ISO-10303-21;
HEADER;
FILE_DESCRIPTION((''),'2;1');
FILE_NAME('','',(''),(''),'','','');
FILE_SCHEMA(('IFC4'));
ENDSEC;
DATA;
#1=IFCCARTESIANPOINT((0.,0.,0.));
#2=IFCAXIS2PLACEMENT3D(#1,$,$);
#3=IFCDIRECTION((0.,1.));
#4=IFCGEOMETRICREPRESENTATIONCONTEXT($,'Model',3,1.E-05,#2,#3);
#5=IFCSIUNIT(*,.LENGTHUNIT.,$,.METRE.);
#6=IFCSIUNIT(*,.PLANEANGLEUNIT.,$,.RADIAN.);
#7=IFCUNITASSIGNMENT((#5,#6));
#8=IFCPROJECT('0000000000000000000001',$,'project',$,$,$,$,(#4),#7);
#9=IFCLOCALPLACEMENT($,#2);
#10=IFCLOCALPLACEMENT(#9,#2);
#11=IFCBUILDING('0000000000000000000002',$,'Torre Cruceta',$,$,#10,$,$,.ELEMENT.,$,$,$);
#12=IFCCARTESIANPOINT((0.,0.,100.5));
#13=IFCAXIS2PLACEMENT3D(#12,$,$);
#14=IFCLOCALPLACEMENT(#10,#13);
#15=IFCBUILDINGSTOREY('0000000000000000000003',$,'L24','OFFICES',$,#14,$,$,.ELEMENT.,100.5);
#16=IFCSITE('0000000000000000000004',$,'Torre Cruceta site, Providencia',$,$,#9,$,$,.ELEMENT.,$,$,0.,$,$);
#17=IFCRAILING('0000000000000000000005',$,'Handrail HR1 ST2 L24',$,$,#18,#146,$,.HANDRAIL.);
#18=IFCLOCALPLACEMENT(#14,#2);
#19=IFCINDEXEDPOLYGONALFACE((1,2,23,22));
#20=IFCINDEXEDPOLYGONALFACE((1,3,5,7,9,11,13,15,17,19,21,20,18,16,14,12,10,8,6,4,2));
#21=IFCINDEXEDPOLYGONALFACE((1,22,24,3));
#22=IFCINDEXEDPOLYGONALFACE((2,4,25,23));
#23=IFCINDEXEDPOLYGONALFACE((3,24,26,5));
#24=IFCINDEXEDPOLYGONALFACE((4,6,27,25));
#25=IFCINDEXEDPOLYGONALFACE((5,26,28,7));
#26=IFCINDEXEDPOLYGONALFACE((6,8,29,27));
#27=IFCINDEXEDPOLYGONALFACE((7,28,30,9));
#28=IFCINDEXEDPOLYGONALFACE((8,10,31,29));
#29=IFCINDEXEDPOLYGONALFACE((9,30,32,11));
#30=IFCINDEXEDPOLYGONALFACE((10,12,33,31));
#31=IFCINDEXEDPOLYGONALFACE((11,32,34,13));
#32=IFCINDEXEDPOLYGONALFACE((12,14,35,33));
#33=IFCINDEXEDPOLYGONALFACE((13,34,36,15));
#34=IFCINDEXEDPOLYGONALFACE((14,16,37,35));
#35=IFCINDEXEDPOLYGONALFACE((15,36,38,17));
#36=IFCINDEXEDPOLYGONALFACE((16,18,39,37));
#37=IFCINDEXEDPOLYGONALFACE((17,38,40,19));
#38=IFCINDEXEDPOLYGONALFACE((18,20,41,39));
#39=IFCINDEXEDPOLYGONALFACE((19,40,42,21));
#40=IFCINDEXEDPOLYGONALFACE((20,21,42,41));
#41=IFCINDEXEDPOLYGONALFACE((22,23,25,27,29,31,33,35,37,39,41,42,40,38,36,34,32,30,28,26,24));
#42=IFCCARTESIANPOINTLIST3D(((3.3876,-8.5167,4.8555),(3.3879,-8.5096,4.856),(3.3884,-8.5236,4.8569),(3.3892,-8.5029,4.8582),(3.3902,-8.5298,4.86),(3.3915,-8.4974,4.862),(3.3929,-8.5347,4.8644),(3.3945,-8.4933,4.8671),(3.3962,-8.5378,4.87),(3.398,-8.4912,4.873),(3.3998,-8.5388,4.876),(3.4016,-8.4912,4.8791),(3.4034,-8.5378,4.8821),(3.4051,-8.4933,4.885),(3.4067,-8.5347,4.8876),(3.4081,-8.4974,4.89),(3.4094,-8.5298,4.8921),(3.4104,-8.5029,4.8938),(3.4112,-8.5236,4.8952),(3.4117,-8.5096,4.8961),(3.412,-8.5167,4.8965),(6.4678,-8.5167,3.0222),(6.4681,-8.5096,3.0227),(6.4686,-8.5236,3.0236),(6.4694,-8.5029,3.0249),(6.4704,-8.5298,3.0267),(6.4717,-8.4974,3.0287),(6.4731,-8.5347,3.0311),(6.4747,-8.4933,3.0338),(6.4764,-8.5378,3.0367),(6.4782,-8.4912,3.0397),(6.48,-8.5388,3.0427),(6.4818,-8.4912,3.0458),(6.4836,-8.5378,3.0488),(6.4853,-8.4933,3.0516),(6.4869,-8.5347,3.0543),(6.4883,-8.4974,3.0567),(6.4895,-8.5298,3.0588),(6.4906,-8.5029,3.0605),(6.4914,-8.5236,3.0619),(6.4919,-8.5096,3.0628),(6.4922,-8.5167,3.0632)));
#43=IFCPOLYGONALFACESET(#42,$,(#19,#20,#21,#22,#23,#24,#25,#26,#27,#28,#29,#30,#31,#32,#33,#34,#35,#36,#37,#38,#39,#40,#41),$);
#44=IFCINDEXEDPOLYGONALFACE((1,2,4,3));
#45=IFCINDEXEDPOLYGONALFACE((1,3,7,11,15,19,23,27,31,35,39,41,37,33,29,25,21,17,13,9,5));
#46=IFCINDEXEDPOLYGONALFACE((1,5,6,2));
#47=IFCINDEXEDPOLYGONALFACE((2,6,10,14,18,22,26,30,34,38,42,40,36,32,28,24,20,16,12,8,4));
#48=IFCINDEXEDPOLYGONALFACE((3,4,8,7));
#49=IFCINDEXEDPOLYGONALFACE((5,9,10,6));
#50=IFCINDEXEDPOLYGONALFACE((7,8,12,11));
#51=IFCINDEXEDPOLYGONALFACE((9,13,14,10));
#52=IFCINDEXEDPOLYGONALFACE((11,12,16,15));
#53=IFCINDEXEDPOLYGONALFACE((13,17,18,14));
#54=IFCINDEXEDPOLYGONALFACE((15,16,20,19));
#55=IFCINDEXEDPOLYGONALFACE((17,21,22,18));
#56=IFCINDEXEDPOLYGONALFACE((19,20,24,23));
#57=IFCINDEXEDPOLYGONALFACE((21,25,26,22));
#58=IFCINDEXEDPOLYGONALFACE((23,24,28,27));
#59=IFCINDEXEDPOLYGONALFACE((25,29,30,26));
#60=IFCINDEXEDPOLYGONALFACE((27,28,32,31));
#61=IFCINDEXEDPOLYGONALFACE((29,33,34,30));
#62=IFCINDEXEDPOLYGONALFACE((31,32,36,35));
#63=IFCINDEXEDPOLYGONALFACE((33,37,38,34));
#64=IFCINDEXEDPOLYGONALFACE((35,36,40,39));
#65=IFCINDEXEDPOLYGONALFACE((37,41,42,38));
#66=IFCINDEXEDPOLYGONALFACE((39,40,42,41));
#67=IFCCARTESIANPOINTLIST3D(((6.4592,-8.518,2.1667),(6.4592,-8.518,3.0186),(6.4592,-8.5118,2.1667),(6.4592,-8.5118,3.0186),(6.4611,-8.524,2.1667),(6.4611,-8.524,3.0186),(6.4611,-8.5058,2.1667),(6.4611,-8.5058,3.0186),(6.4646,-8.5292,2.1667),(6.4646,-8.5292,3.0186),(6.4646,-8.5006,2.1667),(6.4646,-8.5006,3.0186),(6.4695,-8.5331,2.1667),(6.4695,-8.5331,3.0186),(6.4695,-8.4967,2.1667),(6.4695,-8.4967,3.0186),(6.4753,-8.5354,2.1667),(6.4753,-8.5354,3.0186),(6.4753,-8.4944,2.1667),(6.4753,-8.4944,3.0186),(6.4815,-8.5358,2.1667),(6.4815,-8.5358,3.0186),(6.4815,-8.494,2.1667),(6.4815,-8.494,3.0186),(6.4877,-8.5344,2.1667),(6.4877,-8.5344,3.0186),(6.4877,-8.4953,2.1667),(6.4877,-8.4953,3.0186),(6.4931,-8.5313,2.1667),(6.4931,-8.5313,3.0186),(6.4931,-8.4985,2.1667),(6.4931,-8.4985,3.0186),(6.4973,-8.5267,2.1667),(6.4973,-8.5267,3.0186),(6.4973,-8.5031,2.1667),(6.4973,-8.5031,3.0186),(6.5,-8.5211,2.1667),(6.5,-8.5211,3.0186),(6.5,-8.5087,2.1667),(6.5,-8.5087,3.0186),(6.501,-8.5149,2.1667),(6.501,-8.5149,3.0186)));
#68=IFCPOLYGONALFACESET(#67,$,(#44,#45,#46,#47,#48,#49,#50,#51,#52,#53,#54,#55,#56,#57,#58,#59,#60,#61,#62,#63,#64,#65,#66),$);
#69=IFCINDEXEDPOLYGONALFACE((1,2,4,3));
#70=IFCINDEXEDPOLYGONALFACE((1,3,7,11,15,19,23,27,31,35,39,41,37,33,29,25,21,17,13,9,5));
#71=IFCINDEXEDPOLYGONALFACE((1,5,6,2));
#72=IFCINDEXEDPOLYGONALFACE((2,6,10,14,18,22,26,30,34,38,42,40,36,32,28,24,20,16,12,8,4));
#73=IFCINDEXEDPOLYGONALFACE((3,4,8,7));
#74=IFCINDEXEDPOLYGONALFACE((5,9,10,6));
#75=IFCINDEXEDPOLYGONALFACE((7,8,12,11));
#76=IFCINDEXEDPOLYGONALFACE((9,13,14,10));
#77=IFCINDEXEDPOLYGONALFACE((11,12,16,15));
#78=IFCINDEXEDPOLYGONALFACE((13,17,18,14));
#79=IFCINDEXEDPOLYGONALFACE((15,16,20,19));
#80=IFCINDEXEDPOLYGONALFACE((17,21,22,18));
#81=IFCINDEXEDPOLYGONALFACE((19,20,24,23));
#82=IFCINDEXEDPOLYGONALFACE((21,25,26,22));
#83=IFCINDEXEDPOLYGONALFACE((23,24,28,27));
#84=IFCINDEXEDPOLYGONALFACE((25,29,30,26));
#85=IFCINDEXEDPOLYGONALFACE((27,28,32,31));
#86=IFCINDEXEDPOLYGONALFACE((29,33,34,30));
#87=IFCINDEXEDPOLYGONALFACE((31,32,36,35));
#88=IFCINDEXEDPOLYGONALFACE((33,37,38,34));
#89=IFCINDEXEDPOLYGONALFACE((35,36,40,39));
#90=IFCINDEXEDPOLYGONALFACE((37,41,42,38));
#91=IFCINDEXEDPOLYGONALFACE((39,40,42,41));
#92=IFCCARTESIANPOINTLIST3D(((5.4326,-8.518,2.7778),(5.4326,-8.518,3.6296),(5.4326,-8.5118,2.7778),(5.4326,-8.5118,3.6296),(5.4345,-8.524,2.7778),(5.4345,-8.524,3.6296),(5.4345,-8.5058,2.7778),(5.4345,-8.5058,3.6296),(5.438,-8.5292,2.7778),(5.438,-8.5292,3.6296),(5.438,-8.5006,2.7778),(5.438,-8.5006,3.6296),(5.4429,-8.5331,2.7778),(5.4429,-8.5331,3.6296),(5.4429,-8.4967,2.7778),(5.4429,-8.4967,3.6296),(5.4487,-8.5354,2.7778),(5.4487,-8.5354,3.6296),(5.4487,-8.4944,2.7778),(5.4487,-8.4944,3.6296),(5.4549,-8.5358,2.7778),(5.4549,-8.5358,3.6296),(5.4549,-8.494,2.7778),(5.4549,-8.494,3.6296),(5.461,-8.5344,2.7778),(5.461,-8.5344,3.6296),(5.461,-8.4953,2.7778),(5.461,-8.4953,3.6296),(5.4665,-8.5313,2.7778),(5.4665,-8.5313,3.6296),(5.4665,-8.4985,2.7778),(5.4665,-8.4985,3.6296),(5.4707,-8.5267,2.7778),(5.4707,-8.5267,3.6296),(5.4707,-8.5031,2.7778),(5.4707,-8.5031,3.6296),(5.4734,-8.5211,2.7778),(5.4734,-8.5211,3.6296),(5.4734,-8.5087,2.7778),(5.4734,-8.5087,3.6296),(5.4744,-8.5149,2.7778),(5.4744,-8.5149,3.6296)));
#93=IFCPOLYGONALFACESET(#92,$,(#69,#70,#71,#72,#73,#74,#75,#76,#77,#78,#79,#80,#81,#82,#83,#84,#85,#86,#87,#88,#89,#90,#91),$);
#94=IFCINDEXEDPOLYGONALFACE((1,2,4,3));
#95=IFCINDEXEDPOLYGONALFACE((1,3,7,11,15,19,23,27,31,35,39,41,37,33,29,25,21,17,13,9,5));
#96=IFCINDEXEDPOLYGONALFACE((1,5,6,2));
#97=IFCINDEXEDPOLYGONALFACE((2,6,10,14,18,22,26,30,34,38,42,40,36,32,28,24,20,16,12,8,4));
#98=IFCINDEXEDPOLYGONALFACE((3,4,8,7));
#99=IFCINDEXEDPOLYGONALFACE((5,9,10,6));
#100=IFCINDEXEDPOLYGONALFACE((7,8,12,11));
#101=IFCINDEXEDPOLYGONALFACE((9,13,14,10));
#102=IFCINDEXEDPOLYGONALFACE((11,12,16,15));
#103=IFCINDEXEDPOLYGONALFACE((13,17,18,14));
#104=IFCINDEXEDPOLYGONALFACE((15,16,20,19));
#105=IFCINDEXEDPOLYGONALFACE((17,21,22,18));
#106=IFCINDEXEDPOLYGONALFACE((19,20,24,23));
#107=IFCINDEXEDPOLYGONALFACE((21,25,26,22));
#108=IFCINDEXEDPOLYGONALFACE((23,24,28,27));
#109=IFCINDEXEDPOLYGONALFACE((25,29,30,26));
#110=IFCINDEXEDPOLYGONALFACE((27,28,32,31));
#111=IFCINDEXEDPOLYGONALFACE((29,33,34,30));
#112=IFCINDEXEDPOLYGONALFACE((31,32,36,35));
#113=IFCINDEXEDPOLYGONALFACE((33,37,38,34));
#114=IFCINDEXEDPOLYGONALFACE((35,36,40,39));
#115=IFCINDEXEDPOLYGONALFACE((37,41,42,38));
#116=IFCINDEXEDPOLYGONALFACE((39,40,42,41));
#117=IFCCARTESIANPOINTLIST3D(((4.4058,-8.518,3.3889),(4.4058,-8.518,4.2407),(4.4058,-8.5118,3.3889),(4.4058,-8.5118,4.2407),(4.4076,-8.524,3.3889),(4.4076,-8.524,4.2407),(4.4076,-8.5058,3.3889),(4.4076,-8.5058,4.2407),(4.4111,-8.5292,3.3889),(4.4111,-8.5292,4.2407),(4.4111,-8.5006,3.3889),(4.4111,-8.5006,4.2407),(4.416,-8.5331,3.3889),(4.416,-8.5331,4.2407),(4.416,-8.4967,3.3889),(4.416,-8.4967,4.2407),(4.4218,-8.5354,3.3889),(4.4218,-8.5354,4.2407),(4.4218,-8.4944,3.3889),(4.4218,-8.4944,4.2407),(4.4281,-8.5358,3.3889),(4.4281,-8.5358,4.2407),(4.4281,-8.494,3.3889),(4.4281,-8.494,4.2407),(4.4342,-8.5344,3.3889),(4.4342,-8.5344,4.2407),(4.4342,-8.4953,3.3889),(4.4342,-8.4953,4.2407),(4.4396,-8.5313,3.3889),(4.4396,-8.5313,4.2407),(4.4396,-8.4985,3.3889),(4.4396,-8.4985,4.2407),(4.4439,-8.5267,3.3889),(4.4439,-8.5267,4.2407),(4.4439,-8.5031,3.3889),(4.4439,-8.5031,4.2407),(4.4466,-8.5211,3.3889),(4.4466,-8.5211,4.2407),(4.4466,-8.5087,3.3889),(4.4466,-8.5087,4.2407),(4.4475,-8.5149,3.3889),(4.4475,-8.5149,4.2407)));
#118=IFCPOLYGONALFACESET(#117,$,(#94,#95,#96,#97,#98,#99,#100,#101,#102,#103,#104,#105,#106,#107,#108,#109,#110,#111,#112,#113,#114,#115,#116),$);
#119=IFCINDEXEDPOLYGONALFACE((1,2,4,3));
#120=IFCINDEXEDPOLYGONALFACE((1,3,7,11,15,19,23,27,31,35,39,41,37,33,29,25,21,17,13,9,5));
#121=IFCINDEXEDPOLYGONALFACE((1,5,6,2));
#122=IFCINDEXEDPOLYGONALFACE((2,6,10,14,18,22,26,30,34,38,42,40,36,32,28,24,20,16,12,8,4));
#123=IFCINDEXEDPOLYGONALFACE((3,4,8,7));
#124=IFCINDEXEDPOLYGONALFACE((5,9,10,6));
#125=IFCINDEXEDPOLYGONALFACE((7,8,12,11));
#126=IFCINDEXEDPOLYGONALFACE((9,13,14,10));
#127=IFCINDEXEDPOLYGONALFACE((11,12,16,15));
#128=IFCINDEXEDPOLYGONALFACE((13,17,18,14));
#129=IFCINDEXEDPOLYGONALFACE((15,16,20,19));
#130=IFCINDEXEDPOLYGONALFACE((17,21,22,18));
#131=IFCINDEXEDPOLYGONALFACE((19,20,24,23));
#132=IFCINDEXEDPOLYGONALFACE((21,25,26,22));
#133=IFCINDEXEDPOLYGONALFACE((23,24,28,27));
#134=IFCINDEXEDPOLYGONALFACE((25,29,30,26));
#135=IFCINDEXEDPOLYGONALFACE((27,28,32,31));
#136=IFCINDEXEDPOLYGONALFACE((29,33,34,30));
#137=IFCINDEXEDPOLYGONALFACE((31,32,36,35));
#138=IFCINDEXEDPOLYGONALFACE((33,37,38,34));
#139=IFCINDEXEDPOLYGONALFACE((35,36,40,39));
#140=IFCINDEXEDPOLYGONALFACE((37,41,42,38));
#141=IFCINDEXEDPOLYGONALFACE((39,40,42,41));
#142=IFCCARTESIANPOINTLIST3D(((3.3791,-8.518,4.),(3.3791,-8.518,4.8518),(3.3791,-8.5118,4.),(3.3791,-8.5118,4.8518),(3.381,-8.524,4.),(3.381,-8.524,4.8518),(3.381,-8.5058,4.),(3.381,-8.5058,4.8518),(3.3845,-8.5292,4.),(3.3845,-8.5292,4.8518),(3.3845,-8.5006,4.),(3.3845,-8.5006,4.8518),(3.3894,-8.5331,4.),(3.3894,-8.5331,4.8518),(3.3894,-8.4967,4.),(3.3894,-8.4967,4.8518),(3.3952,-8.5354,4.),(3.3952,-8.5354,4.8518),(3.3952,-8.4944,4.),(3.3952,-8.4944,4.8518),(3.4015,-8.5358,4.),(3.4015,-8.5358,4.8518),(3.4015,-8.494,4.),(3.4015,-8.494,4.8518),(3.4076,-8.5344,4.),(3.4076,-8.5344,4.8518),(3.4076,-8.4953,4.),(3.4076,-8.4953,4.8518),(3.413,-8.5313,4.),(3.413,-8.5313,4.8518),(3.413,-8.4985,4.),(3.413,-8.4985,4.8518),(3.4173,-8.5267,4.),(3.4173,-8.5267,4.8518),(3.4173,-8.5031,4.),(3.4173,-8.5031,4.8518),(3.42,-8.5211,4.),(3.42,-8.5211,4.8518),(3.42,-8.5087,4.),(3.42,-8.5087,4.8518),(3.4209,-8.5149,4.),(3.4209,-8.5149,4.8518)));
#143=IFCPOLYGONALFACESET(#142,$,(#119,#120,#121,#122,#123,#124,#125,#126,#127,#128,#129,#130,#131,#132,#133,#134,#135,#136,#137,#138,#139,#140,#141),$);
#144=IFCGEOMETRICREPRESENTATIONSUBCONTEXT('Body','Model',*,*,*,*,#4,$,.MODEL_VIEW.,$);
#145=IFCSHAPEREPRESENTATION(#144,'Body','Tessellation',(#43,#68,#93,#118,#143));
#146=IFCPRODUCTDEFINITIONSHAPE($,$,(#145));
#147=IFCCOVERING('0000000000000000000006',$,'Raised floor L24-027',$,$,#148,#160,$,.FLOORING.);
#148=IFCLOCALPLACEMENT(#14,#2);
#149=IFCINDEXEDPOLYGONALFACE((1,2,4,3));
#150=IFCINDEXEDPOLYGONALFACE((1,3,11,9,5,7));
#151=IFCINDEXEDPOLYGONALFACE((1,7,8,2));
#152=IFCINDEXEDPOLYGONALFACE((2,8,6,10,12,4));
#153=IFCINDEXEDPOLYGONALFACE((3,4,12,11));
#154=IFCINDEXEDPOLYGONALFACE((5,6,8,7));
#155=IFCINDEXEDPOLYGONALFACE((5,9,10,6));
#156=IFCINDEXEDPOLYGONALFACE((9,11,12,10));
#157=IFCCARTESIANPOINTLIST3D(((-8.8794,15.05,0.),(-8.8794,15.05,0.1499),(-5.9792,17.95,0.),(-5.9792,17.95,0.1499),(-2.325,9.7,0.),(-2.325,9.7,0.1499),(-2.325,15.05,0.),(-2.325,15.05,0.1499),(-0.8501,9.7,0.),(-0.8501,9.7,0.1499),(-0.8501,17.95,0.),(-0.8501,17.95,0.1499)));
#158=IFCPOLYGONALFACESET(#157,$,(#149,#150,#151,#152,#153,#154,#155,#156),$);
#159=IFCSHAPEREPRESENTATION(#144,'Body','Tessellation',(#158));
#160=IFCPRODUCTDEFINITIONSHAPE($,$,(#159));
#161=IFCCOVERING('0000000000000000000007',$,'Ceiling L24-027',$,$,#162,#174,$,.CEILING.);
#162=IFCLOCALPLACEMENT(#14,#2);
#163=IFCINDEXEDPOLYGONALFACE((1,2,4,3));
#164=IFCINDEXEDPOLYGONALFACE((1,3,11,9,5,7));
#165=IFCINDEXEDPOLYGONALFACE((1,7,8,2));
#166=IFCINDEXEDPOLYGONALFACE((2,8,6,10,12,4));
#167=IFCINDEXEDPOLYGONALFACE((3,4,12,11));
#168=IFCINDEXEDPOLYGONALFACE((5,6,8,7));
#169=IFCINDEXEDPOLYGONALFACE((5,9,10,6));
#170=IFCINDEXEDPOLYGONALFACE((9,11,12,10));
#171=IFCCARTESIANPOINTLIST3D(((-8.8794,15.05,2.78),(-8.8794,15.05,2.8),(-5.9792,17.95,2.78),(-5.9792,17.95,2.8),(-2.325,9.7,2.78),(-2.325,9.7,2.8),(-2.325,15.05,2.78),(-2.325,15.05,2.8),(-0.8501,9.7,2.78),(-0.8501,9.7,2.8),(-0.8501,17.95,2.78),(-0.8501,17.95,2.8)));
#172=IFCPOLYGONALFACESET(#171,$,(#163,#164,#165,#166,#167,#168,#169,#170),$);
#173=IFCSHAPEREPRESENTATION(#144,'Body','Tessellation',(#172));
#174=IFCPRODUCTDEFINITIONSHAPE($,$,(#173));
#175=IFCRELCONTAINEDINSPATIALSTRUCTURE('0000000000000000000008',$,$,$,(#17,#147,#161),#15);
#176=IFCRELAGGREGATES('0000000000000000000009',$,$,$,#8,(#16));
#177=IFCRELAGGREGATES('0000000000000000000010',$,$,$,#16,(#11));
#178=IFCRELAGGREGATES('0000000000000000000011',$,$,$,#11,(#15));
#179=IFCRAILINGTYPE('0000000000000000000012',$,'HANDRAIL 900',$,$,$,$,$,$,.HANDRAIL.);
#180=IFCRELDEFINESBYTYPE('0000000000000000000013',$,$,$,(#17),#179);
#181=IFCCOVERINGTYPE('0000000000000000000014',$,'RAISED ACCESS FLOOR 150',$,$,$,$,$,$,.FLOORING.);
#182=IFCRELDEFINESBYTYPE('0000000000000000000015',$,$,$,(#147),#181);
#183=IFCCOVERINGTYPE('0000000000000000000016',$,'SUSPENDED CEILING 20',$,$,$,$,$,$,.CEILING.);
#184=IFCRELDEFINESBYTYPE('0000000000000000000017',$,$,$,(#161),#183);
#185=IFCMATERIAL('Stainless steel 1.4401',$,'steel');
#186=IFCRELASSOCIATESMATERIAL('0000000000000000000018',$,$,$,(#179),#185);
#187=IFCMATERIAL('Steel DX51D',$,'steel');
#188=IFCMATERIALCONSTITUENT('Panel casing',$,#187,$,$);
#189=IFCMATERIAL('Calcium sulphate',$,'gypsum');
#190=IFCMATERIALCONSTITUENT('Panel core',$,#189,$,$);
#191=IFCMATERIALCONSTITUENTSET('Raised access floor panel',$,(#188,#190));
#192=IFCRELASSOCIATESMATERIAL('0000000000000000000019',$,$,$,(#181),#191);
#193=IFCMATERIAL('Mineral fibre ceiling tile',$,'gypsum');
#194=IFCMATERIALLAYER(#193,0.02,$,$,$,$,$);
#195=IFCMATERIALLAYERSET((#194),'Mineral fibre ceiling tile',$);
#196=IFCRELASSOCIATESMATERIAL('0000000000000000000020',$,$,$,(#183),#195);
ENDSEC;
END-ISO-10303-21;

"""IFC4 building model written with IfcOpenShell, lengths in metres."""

from ifc_helpers import new_model, si_unit, direction, frame, origin, origin_2d, place, context, subcontext, project, spatial, polyline, circle, outline, extrude, material, layer, layer_set, constituent, constituent_set, type_object, element, save


model = new_model("IFC4")

# Units and contexts
model_context = context("Model", 3, precision=1e-05, world=origin(), true_north=direction((0.0, 1.0)))
body_context = subcontext(model_context, "Body", "Model", "MODEL_VIEW")
ifc_project = project(units=[si_unit("LENGTHUNIT", "METRE"), si_unit("PLANEANGLEUNIT", "RADIAN")], contexts=[model_context])

# Site, building, storey
site_placement = place(None, origin())
site = spatial("IfcSite", under=ifc_project, at=site_placement, Name="Torre Cruceta site, Providencia", CompositionType="ELEMENT", RefElevation=0.0)
building_placement = place(site_placement, origin())
building = spatial("IfcBuilding", under=site, at=building_placement, Name="Torre Cruceta", CompositionType="ELEMENT")
storey_placement = place(building_placement, frame((0.0, 0.0, 100.5)))
storey = spatial("IfcBuildingStorey", under=building, at=storey_placement, Name="L24", Description="OFFICES", CompositionType="ELEMENT", Elevation=100.5)

# Railing
ifc_material_1 = material(Name="Stainless steel 1.4401", Category="steel")
railing_type = type_object("IfcRailingType", Name="HANDRAIL 900", PredefinedType="HANDRAIL", material=ifc_material_1)
railing_1_placement = place(storey_placement, frame((6.48, -8.5149, 2.1667)))
element("IfcRailing", 1, at=railing_1_placement, inside=storey, type_object=railing_type, Name="Handrail HR1 ST2 L24", PredefinedType="HANDRAIL", context=body_context, shape_type="SweptSolid", body=[
    extrude(circle(Radius=0.0239, at=origin_2d()), frame((0.0, 0.0, 0.876), z_axis=(-0.859309, 0.0, 0.511458), x_axis=(0.0, -1.0, 0.0)), (0.0, 0.0, 1.0), 3.5845),
    extrude(circle(Radius=0.021, at=origin_2d()), origin(), (0.0, 0.0, 1.0), 0.8518),
    extrude(circle(Radius=0.021, at=origin_2d()), frame((-1.0266, 0.0, 0.6111)), (0.0, 0.0, 1.0), 0.8518),
    extrude(circle(Radius=0.021, at=origin_2d()), frame((-2.0535, 0.0, 1.2222)), (0.0, 0.0, 1.0), 0.8518),
    extrude(circle(Radius=0.021, at=origin_2d()), frame((-3.0801, 0.0, 1.8333)), (0.0, 0.0, 1.0), 0.8518),
])

# Coverings
ifc_material_2 = material(Name="Steel DX51D", Category="steel")
ifc_constituent_1 = constituent(ifc_material_2, Name="Panel casing")
ifc_material_3 = material(Name="Calcium sulphate", Category="gypsum")
ifc_constituent_2 = constituent(ifc_material_3, Name="Panel core")
ifc_constituent_set_1 = constituent_set(constituents=[ifc_constituent_1, ifc_constituent_2], Name="Raised access floor panel")
covering_type_1 = type_object("IfcCoveringType", Name="RAISED ACCESS FLOOR 150", PredefinedType="FLOORING", material=ifc_constituent_set_1)
covering_1_placement = place(storey_placement, origin())
element("IfcCovering", 2, at=covering_1_placement, inside=storey, type_object=covering_type_1, Name="Raised floor L24-027", PredefinedType="FLOORING", context=body_context, shape_type="SweptSolid", body=[
    extrude(outline(polyline([(-0.8501, 17.95), (-0.8501, 9.7), (-2.325, 9.7), (-2.325, 15.05), (-8.8794, 15.05), (-5.9792, 17.95), (-0.8501, 17.95)])), origin(), (0.0, 0.0, 1.0), 0.1499),
])
ifc_material_4 = material(Name="Mineral fibre ceiling tile", Category="gypsum")
ifc_layer_1 = layer(ifc_material_4, 0.02)
ifc_layer_set_1 = layer_set([ifc_layer_1], Name="Mineral fibre ceiling tile")
covering_type_2 = type_object("IfcCoveringType", Name="SUSPENDED CEILING 20", PredefinedType="CEILING", material=ifc_layer_set_1)
covering_2_placement = place(storey_placement, frame((0.0, 0.0, 2.78)))
element("IfcCovering", 3, at=covering_2_placement, inside=storey, type_object=covering_type_2, Name="Ceiling L24-027", PredefinedType="CEILING", context=body_context, shape_type="SweptSolid", body=[
    extrude(outline(polyline([(-0.8501, 17.95), (-0.8501, 9.7), (-2.325, 9.7), (-2.325, 15.05), (-8.8794, 15.05), (-5.9792, 17.95), (-0.8501, 17.95)])), origin(), (0.0, 0.0, 1.0), 0.02),
])

save(model, "model.ifc")
